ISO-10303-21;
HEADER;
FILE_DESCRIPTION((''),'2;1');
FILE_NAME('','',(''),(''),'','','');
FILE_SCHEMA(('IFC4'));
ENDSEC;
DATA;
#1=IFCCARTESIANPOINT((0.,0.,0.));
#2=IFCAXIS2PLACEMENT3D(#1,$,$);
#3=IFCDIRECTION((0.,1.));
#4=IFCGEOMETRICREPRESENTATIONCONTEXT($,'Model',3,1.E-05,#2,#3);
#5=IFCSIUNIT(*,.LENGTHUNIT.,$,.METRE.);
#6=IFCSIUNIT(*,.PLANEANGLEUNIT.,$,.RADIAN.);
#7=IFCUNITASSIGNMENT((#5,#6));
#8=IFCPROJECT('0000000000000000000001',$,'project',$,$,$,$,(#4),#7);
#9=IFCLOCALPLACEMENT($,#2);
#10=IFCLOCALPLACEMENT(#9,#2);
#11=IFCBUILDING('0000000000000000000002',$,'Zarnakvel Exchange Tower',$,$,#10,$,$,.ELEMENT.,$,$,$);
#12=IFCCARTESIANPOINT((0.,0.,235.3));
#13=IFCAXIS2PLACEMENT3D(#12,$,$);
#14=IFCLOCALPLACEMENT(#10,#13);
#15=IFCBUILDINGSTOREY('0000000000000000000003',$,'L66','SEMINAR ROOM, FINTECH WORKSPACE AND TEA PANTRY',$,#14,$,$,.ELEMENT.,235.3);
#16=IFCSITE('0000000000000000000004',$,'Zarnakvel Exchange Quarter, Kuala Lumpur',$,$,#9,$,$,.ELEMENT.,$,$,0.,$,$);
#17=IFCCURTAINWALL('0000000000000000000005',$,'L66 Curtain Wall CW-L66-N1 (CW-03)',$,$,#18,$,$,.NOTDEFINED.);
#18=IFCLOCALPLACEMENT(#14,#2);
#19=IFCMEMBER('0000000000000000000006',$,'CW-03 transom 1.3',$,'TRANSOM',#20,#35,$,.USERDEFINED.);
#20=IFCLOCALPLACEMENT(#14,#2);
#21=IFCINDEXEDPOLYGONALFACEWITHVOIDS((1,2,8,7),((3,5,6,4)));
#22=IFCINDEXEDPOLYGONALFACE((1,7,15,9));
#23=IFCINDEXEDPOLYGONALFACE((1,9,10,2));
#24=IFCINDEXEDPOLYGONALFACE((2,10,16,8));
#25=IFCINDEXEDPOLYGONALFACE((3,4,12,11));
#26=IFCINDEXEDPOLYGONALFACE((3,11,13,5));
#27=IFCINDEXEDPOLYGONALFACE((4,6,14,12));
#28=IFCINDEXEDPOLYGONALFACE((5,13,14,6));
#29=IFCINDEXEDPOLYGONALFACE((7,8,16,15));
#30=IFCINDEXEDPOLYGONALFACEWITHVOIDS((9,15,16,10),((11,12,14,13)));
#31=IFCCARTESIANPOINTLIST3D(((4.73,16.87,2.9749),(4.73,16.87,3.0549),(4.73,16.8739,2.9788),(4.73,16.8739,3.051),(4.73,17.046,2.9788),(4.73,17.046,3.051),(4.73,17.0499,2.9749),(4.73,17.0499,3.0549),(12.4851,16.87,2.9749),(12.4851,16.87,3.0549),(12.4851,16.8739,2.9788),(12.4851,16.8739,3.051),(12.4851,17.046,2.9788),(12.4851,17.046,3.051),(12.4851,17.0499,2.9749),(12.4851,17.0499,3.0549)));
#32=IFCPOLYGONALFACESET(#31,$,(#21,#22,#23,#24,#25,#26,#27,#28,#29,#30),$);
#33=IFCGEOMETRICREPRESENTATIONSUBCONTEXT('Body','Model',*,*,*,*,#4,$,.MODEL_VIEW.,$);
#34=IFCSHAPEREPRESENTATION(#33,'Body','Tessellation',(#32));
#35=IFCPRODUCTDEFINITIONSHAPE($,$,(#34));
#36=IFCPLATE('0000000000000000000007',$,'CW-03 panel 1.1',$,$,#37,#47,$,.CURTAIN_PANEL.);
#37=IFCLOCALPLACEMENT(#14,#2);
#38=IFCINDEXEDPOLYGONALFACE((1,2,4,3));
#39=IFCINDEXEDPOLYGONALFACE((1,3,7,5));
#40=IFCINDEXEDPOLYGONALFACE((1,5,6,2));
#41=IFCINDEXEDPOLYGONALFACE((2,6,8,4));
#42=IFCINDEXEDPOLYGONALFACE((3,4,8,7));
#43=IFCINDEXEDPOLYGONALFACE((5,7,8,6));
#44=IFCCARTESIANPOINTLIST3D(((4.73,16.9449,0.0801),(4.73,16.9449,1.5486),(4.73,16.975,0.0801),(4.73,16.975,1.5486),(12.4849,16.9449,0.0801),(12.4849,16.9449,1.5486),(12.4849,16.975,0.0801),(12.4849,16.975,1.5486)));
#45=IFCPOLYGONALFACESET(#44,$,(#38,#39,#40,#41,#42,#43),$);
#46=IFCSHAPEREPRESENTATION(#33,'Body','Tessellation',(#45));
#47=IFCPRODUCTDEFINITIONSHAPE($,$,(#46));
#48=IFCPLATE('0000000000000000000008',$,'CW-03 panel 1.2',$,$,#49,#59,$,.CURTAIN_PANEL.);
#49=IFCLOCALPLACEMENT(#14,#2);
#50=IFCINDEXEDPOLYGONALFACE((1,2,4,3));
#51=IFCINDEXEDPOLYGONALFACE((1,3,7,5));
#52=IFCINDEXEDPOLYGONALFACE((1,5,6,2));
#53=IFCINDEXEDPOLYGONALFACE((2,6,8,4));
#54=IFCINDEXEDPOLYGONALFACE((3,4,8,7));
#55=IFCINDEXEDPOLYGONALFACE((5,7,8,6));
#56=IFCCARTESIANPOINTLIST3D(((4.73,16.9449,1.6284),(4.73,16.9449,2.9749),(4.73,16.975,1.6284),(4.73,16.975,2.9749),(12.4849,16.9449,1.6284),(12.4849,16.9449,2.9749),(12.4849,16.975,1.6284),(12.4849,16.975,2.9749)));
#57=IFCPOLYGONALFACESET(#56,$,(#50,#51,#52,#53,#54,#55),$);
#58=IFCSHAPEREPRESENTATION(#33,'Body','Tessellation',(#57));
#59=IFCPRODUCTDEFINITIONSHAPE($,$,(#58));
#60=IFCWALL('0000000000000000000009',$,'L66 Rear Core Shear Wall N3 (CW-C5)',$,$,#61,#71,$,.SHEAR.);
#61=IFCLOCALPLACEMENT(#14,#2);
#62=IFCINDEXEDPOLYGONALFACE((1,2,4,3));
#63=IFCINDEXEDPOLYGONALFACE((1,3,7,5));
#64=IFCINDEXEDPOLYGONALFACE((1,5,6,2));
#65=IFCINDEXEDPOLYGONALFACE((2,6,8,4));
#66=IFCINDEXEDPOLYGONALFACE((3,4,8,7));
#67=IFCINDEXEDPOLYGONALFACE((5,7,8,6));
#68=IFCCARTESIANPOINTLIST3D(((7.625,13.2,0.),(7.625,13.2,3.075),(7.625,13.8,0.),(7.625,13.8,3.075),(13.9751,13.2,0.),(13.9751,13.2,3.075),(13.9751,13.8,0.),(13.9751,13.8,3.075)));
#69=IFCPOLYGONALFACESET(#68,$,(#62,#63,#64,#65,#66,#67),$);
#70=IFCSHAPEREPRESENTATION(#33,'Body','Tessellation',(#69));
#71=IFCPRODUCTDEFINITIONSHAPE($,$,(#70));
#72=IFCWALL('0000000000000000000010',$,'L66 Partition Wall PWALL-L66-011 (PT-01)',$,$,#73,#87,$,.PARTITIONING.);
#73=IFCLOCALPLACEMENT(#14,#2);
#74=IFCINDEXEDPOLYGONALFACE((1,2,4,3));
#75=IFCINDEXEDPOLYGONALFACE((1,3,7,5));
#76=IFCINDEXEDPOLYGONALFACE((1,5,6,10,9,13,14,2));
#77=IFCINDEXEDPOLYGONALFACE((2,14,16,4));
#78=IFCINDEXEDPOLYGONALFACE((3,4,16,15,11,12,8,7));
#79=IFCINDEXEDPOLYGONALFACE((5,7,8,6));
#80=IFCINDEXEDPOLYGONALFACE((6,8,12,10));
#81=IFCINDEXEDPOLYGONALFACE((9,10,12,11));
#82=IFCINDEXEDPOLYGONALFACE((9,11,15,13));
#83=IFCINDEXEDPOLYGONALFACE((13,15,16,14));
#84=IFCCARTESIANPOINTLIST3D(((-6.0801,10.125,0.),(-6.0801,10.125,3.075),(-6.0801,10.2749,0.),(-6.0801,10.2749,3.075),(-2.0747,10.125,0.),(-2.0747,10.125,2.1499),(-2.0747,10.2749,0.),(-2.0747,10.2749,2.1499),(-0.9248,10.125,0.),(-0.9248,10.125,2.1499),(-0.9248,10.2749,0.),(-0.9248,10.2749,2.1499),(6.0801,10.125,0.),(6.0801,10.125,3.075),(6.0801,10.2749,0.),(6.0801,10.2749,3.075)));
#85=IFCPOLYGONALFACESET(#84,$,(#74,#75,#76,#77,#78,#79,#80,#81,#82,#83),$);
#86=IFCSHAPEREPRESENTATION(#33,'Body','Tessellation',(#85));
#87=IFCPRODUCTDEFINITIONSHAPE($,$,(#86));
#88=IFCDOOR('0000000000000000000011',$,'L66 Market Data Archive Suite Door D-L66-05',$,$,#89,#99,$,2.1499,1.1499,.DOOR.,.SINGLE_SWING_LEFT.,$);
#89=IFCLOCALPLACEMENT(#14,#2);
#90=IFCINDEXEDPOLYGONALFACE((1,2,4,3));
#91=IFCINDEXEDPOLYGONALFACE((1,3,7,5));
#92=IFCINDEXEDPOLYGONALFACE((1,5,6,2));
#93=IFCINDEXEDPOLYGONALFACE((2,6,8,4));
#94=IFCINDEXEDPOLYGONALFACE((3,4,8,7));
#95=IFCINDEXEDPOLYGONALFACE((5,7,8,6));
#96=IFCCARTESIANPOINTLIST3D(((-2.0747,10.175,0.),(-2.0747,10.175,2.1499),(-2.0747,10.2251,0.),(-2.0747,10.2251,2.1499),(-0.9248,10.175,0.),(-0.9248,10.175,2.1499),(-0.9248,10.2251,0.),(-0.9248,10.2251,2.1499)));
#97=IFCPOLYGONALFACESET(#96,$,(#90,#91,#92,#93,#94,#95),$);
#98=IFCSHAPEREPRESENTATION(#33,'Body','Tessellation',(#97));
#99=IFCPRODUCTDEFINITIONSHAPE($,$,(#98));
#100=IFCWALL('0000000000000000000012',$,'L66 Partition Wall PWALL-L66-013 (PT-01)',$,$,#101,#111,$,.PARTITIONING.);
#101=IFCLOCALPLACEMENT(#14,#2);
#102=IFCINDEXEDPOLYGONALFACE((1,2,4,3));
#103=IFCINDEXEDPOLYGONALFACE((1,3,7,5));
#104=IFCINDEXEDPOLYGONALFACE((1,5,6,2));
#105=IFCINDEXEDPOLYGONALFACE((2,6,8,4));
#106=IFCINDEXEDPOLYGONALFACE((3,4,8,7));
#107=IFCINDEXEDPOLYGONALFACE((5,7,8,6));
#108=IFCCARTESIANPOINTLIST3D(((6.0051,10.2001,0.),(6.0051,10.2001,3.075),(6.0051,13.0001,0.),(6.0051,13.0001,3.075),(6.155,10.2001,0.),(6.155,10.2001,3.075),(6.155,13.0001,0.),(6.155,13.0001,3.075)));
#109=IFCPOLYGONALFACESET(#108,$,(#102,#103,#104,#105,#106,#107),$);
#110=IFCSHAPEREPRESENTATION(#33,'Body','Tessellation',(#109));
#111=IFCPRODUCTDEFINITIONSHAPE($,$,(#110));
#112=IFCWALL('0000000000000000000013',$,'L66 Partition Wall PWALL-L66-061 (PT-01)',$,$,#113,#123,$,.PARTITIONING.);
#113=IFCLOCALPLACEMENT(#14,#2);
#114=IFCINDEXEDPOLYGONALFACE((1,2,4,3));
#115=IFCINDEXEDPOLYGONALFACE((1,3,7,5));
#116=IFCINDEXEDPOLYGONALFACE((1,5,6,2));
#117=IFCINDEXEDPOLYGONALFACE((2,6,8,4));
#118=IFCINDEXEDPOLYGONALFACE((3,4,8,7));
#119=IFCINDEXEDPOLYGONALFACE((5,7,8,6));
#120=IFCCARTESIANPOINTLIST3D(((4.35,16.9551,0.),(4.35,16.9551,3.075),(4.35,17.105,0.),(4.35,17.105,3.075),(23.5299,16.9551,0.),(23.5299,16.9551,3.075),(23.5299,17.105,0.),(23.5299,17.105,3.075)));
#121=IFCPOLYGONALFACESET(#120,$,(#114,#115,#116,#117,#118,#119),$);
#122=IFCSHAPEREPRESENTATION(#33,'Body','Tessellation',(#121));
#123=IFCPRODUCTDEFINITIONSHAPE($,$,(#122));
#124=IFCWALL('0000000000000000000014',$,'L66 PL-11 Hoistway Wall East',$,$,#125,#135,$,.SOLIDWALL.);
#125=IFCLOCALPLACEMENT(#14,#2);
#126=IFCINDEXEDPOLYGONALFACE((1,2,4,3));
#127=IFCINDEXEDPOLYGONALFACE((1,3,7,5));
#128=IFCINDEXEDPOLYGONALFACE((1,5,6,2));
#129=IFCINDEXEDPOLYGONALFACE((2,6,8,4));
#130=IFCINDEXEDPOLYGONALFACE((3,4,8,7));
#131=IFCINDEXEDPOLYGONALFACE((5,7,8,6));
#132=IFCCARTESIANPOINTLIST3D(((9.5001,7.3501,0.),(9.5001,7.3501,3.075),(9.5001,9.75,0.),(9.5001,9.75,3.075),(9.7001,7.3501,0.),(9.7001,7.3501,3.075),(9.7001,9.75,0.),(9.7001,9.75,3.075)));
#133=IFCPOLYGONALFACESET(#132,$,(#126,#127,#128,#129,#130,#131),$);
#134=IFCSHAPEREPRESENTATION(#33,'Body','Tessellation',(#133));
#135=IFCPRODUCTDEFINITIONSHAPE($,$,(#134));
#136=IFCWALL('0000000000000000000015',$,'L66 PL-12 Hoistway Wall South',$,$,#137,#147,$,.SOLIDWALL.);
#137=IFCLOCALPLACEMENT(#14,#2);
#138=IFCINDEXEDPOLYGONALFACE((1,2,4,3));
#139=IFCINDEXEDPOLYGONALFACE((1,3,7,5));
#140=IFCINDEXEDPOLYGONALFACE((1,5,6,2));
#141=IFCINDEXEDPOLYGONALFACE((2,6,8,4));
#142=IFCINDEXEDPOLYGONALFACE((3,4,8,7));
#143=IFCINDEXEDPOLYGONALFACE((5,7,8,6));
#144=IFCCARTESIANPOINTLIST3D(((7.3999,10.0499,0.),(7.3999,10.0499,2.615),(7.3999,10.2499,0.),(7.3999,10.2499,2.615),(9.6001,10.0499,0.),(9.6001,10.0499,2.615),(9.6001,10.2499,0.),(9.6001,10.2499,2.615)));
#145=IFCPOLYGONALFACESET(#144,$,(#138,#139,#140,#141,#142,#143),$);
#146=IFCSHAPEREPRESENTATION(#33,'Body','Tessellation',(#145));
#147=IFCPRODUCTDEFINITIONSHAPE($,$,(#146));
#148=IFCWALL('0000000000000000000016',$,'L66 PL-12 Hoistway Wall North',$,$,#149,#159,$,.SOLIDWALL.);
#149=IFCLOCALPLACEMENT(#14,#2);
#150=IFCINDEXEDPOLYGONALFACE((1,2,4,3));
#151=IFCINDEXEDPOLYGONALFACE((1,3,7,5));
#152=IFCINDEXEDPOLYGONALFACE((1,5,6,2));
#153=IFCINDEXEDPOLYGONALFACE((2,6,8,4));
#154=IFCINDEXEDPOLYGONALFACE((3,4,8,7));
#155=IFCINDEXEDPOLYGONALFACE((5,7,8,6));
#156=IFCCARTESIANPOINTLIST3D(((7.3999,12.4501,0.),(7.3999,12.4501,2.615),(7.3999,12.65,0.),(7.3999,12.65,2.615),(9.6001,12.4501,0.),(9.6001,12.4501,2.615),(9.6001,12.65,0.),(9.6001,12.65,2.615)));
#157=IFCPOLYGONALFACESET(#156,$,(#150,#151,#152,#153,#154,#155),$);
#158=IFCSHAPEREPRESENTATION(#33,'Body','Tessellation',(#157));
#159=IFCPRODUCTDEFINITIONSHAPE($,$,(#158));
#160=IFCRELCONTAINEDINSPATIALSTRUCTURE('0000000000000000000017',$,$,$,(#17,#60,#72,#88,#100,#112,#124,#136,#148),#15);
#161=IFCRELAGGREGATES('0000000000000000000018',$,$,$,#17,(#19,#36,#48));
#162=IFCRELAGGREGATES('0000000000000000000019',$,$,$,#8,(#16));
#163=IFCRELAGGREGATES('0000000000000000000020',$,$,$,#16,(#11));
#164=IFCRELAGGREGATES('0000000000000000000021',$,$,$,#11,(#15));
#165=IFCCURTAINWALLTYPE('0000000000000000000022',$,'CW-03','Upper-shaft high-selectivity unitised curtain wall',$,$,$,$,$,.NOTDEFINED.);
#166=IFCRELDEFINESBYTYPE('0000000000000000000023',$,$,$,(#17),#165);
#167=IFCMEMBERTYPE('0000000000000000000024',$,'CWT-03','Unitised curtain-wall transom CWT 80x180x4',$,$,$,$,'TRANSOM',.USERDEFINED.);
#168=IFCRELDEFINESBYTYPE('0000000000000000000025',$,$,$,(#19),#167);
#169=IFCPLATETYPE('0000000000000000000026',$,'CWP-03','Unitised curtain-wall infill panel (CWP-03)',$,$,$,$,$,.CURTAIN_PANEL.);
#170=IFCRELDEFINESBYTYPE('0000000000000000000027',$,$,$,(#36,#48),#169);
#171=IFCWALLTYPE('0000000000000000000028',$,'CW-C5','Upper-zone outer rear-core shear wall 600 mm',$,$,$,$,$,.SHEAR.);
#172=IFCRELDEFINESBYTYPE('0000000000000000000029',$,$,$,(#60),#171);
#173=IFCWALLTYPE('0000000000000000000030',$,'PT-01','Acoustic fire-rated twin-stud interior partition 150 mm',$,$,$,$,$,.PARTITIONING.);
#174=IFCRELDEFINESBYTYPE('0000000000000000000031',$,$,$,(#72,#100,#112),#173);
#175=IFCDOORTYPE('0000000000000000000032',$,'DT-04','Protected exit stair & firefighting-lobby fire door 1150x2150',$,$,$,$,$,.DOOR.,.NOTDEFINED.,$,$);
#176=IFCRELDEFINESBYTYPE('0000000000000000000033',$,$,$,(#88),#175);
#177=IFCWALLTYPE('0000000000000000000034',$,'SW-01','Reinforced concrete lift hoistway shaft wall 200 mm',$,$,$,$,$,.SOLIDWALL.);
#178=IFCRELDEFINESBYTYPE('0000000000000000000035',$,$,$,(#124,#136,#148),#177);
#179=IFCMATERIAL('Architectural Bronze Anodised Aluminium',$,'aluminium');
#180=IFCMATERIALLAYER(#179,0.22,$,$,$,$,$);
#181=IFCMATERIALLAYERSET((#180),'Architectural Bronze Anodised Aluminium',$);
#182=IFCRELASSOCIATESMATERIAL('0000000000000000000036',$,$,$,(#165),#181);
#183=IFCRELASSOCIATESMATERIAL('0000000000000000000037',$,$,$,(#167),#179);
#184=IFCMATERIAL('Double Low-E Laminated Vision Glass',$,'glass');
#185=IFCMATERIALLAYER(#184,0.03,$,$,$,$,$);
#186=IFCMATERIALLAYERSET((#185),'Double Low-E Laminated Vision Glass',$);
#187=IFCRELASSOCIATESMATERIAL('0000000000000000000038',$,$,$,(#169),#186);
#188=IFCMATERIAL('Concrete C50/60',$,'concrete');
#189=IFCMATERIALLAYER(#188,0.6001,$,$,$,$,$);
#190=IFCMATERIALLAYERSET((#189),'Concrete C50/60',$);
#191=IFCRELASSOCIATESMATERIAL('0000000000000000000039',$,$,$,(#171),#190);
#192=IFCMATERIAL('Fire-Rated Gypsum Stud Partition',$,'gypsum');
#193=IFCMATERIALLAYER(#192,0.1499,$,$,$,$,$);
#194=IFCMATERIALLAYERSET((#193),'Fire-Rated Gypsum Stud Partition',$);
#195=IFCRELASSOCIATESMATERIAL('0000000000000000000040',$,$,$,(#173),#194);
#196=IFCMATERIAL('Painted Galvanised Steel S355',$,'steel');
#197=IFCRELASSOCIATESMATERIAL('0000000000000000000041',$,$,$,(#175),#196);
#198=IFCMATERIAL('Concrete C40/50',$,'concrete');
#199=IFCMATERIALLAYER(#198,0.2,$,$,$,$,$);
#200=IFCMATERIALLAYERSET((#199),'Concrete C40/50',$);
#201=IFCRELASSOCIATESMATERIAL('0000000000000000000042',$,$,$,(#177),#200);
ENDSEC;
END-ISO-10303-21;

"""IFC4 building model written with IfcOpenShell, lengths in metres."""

from ifc_helpers import new_model, si_unit, direction, frame, frame_2d, origin, origin_2d, place, context, subcontext, project, spatial, rectangle, hollow_rectangle, extrude, source, transform, mapped, material, layer, layer_set, material_profile, profile_set, type_object, element, fill, aggregate, save


model = new_model("IFC4")

# Units and contexts
model_context = context("Model", 3, precision=1e-05, world=origin(), true_north=direction((0.0, 1.0)))
body_context = subcontext(model_context, "Body", "Model", "MODEL_VIEW")
ifc_project = project(units=[si_unit("LENGTHUNIT", "METRE"), si_unit("PLANEANGLEUNIT", "RADIAN")], contexts=[model_context])

# Site, building, storey
site_placement = place(None, origin())
site = spatial("IfcSite", under=ifc_project, at=site_placement, Name="Zarnakvel Exchange Quarter, Kuala Lumpur", CompositionType="ELEMENT", RefElevation=0.0)
building_placement = place(site_placement, origin())
building = spatial("IfcBuilding", under=site, at=building_placement, Name="Zarnakvel Exchange Tower", CompositionType="ELEMENT")
storey_placement = place(building_placement, frame((0.0, 0.0, 235.3)))
storey = spatial("IfcBuildingStorey", under=building, at=storey_placement, Name="L66", Description="SEMINAR ROOM, FINTECH WORKSPACE AND TEA PANTRY", CompositionType="ELEMENT", Elevation=235.3)

# Shared definitions
ifc_material_1 = material(Name="Concrete C50/60", Category="concrete")

# Curtain wall, member, plates
ifc_material_2 = material(Name="Architectural Bronze Anodised Aluminium", Category="aluminium")
ifc_layer_1 = layer(ifc_material_2, 0.22)
ifc_layer_set_1 = layer_set([ifc_layer_1], Name="Architectural Bronze Anodised Aluminium")
curtain_wall_type = type_object("IfcCurtainWallType", Name="CW-03", Description="Upper-shaft high-selectivity unitised curtain wall", PredefinedType="NOTDEFINED", material=ifc_layer_set_1)
curtain_wall_placement = place(storey_placement, origin())
curtain_wall = element("IfcCurtainWall", 1, at=curtain_wall_placement, inside=storey, type_object=curtain_wall_type, Name="L66 Curtain Wall CW-L66-N1 (CW-03)", PredefinedType="NOTDEFINED")
ifc_material_profile_1 = material_profile(ifc_material_2, hollow_rectangle(XDim=0.1799, YDim=0.0801, WallThickness=0.0039, at=origin_2d()))
ifc_profile_set_1 = profile_set([ifc_material_profile_1], Name="Architectural Bronze Anodised Aluminium")
member_type_1 = type_object("IfcMemberType", Name="CWT-03", Description="Unitised curtain-wall transom CWT 80x180x4", ElementType="TRANSOM", PredefinedType="USERDEFINED", material=ifc_profile_set_1)
shared_shape_1 = source(origin(), body_context, "Body", "SweptSolid", [
    extrude(hollow_rectangle(XDim=0.1799, YDim=0.0801, WallThickness=0.0039, at=origin_2d()), origin(), (0.0, 0.0, 1.0), 7.7551),
])
member_1_placement = place(storey_placement, frame((4.73, 16.96, 3.0149), z_axis=(1.0, 0.0, 0.0), x_axis=(0.0, 1.0, 0.0)))
member_1 = element("IfcMember", 2, at=member_1_placement, type_object=member_type_1, Name="CW-03 transom 1.3", ObjectType="TRANSOM", PredefinedType="USERDEFINED", context=body_context, shape_type="MappedRepresentation", body=[
    mapped(shared_shape_1, transform((0.0, 0.0, 0.0), x_axis=(1.0, 0.0, 0.0), y_axis=(0.0, 1.0, 0.0), z_axis=(0.0, 0.0, 1.0), scale=1.0)),
])
ifc_material_3 = material(Name="Double Low-E Laminated Vision Glass", Category="glass")
ifc_layer_2 = layer(ifc_material_3, 0.03)
ifc_layer_set_2 = layer_set([ifc_layer_2], Name="Double Low-E Laminated Vision Glass")
plate_type = type_object("IfcPlateType", Name="CWP-03", Description="Unitised curtain-wall infill panel (CWP-03)", PredefinedType="CURTAIN_PANEL", material=ifc_layer_set_2)
shared_shape_2 = source(origin(), body_context, "Body", "SweptSolid", [
    extrude(rectangle(XDim=7.7549, YDim=0.03, at=origin_2d()), origin(), (0.0, 0.0, 1.0), 1.4685),
])
plate_1_placement = place(storey_placement, frame((8.6074, 16.96, 0.0801), z_axis=(0.0, 0.0, 1.0), x_axis=(1.0, 0.0, 0.0)))
plate_1 = element("IfcPlate", 3, at=plate_1_placement, type_object=plate_type, Name="CW-03 panel 1.1", PredefinedType="CURTAIN_PANEL", context=body_context, shape_type="MappedRepresentation", body=[
    mapped(shared_shape_2, transform((0.0, 0.0, 0.0), x_axis=(1.0, 0.0, 0.0), y_axis=(0.0, 1.0, 0.0), z_axis=(0.0, 0.0, 1.0), scale=1.0)),
])
shared_shape_3 = source(origin(), body_context, "Body", "SweptSolid", [
    extrude(rectangle(XDim=7.7549, YDim=0.03, at=origin_2d()), origin(), (0.0, 0.0, 1.0), 1.3464),
])
plate_2_placement = place(storey_placement, frame((8.6074, 16.96, 1.6284), z_axis=(0.0, 0.0, 1.0), x_axis=(1.0, 0.0, 0.0)))
plate_2 = element("IfcPlate", 4, at=plate_2_placement, type_object=plate_type, Name="CW-03 panel 1.2", PredefinedType="CURTAIN_PANEL", context=body_context, shape_type="MappedRepresentation", body=[
    mapped(shared_shape_3, transform((0.0, 0.0, 0.0), x_axis=(1.0, 0.0, 0.0), y_axis=(0.0, 1.0, 0.0), z_axis=(0.0, 0.0, 1.0), scale=1.0)),
])
aggregate(curtain_wall, [member_1, plate_1, plate_2])

# Wall
ifc_layer_3 = layer(ifc_material_1, 0.6001)
ifc_layer_set_3 = layer_set([ifc_layer_3], Name="Concrete C50/60")
wall_type_1 = type_object("IfcWallType", Name="CW-C5", Description="Upper-zone outer rear-core shear wall 600 mm", PredefinedType="SHEAR", material=ifc_layer_set_3)
wall_1_placement = place(storey_placement, frame((7.625, 13.5, 0.0), z_axis=(0.0, 0.0, 1.0), x_axis=(1.0, 0.0, 0.0)))
element("IfcWall", 5, at=wall_1_placement, inside=storey, type_object=wall_type_1, Name="L66 Rear Core Shear Wall N3 (CW-C5)", PredefinedType="SHEAR", context=body_context, shape_type="SweptSolid", body=[
    extrude(rectangle(XDim=6.3501, YDim=0.6001, at=frame_2d((3.175, 0.0))), origin(), (0.0, 0.0, 1.0), 3.075),
])

# Wall, opening, door
ifc_material_4 = material(Name="Fire-Rated Gypsum Stud Partition", Category="gypsum")
ifc_layer_4 = layer(ifc_material_4, 0.1499)
ifc_layer_set_4 = layer_set([ifc_layer_4], Name="Fire-Rated Gypsum Stud Partition")
wall_type_2 = type_object("IfcWallType", Name="PT-01", Description="Acoustic fire-rated twin-stud interior partition 150 mm", PredefinedType="PARTITIONING", material=ifc_layer_set_4)
wall_2_placement = place(storey_placement, frame((6.0801, 10.2, 0.0), z_axis=(0.0, 0.0, 1.0), x_axis=(-1.0, 0.0, 0.0)))
wall_2 = element("IfcWall", 6, at=wall_2_placement, inside=storey, type_object=wall_type_2, Name="L66 Partition Wall PWALL-L66-011 (PT-01)", PredefinedType="PARTITIONING", context=body_context, shape_type="SweptSolid", body=[
    extrude(rectangle(XDim=12.1602, YDim=0.1499, at=frame_2d((6.0801, 0.0))), origin(), (0.0, 0.0, 1.0), 3.075),
])
opening_1_placement = place(wall_2_placement, frame((7.0049, 0.0, 0.0)))
opening_1 = element("IfcOpeningElement", 7, at=opening_1_placement, cuts=wall_2, PredefinedType="OPENING", context=body_context, shape_type="SweptSolid", body=[
    extrude(rectangle(XDim=1.1499, YDim=2.1499, at=frame_2d((0.575, 1.075))), frame((0.0, 0.085, 0.0), z_axis=(0.0, -1.0, 0.0), x_axis=(1.0, 0.0, 0.0)), (0.0, 0.0, 1.0), 0.1699),
])
ifc_material_5 = material(Name="Painted Galvanised Steel S355", Category="steel")
door_type_1 = type_object("IfcDoorType", Name="DT-04", Description="Protected exit stair & firefighting-lobby fire door 1150x2150", OperationType="NOTDEFINED", PredefinedType="DOOR", material=ifc_material_5)
shared_shape_4 = source(origin(), body_context, "Body", "SweptSolid", [
    extrude(rectangle(XDim=1.1499, YDim=2.1499, at=frame_2d((0.575, 1.075))), frame((0.0, 0.0249, 0.0), z_axis=(0.0, -1.0, 0.0), x_axis=(1.0, 0.0, 0.0)), (0.0, 0.0, 1.0), 0.05),
])
door_1_placement = place(opening_1_placement, origin())
door_1 = element("IfcDoor", 8, at=door_1_placement, inside=storey, type_object=door_type_1, Name="L66 Market Data Archive Suite Door D-L66-05", OperationType="SINGLE_SWING_LEFT", OverallHeight=2.1499, OverallWidth=1.1499, PredefinedType="DOOR", context=body_context, shape_type="MappedRepresentation", body=[
    mapped(shared_shape_4, transform((0.0, 0.0, 0.0), x_axis=(1.0, 0.0, 0.0), y_axis=(0.0, 1.0, 0.0), z_axis=(0.0, 0.0, 1.0), scale=1.0)),
])
fill(opening_1, door_1)

# Walls
wall_3_placement = place(storey_placement, frame((6.0801, 13.0, 0.0), z_axis=(0.0, 0.0, 1.0), x_axis=(0.0, -1.0, 0.0)))
element("IfcWall", 9, at=wall_3_placement, inside=storey, type_object=wall_type_2, Name="L66 Partition Wall PWALL-L66-013 (PT-01)", PredefinedType="PARTITIONING", context=body_context, shape_type="SweptSolid", body=[
    extrude(rectangle(XDim=2.8, YDim=0.1499, at=frame_2d((1.3999, 0.0))), origin(), (0.0, 0.0, 1.0), 3.075),
])
wall_4_placement = place(storey_placement, frame((4.3501, 17.03, 0.0), z_axis=(0.0, 0.0, 1.0), x_axis=(1.0, 0.0, 0.0)))
element("IfcWall", 10, at=wall_4_placement, inside=storey, type_object=wall_type_2, Name="L66 Partition Wall PWALL-L66-061 (PT-01)", PredefinedType="PARTITIONING", context=body_context, shape_type="SweptSolid", body=[
    extrude(rectangle(XDim=19.1799, YDim=0.1499, at=frame_2d((9.5898, 0.0))), origin(), (0.0, 0.0, 1.0), 3.075),
])
ifc_material_6 = material(Name="Concrete C40/50", Category="concrete")
ifc_layer_5 = layer(ifc_material_6, 0.2)
ifc_layer_set_5 = layer_set([ifc_layer_5], Name="Concrete C40/50")
wall_type_3 = type_object("IfcWallType", Name="SW-01", Description="Reinforced concrete lift hoistway shaft wall 200 mm", PredefinedType="SOLIDWALL", material=ifc_layer_set_5)
wall_5_placement = place(storey_placement, frame((9.6001, 9.75, 0.0), z_axis=(0.0, 0.0, 1.0), x_axis=(0.0, -1.0, 0.0)))
element("IfcWall", 11, at=wall_5_placement, inside=storey, type_object=wall_type_3, Name="L66 PL-11 Hoistway Wall East", PredefinedType="SOLIDWALL", context=body_context, shape_type="SweptSolid", body=[
    extrude(rectangle(XDim=2.3999, YDim=0.2, at=frame_2d((1.2, 0.0))), origin(), (0.0, 0.0, 1.0), 3.075),
])
for number, where, z_axis, x_axis, name in (
    (12, (9.6001, 10.1499, 0.0), (0.0, 0.0, 1.0), (-1.0, 0.0, 0.0), "L66 PL-12 Hoistway Wall South"),
    (13, (7.3999, 12.55, 0.0), (0.0, 0.0, 1.0), (1.0, 0.0, 0.0), "L66 PL-12 Hoistway Wall North"),
):
    element("IfcWall", number, at=place(storey_placement, frame(where, z_axis=z_axis, x_axis=x_axis)), inside=storey, type_object=wall_type_3, Name=name, PredefinedType="SOLIDWALL", context=body_context, shape_type="SweptSolid", body=[
        extrude(rectangle(XDim=2.2002, YDim=0.2, at=frame_2d((1.1001, 0.0))), origin(), (0.0, 0.0, 1.0), 2.615),
    ])

save(model, "model.ifc")
